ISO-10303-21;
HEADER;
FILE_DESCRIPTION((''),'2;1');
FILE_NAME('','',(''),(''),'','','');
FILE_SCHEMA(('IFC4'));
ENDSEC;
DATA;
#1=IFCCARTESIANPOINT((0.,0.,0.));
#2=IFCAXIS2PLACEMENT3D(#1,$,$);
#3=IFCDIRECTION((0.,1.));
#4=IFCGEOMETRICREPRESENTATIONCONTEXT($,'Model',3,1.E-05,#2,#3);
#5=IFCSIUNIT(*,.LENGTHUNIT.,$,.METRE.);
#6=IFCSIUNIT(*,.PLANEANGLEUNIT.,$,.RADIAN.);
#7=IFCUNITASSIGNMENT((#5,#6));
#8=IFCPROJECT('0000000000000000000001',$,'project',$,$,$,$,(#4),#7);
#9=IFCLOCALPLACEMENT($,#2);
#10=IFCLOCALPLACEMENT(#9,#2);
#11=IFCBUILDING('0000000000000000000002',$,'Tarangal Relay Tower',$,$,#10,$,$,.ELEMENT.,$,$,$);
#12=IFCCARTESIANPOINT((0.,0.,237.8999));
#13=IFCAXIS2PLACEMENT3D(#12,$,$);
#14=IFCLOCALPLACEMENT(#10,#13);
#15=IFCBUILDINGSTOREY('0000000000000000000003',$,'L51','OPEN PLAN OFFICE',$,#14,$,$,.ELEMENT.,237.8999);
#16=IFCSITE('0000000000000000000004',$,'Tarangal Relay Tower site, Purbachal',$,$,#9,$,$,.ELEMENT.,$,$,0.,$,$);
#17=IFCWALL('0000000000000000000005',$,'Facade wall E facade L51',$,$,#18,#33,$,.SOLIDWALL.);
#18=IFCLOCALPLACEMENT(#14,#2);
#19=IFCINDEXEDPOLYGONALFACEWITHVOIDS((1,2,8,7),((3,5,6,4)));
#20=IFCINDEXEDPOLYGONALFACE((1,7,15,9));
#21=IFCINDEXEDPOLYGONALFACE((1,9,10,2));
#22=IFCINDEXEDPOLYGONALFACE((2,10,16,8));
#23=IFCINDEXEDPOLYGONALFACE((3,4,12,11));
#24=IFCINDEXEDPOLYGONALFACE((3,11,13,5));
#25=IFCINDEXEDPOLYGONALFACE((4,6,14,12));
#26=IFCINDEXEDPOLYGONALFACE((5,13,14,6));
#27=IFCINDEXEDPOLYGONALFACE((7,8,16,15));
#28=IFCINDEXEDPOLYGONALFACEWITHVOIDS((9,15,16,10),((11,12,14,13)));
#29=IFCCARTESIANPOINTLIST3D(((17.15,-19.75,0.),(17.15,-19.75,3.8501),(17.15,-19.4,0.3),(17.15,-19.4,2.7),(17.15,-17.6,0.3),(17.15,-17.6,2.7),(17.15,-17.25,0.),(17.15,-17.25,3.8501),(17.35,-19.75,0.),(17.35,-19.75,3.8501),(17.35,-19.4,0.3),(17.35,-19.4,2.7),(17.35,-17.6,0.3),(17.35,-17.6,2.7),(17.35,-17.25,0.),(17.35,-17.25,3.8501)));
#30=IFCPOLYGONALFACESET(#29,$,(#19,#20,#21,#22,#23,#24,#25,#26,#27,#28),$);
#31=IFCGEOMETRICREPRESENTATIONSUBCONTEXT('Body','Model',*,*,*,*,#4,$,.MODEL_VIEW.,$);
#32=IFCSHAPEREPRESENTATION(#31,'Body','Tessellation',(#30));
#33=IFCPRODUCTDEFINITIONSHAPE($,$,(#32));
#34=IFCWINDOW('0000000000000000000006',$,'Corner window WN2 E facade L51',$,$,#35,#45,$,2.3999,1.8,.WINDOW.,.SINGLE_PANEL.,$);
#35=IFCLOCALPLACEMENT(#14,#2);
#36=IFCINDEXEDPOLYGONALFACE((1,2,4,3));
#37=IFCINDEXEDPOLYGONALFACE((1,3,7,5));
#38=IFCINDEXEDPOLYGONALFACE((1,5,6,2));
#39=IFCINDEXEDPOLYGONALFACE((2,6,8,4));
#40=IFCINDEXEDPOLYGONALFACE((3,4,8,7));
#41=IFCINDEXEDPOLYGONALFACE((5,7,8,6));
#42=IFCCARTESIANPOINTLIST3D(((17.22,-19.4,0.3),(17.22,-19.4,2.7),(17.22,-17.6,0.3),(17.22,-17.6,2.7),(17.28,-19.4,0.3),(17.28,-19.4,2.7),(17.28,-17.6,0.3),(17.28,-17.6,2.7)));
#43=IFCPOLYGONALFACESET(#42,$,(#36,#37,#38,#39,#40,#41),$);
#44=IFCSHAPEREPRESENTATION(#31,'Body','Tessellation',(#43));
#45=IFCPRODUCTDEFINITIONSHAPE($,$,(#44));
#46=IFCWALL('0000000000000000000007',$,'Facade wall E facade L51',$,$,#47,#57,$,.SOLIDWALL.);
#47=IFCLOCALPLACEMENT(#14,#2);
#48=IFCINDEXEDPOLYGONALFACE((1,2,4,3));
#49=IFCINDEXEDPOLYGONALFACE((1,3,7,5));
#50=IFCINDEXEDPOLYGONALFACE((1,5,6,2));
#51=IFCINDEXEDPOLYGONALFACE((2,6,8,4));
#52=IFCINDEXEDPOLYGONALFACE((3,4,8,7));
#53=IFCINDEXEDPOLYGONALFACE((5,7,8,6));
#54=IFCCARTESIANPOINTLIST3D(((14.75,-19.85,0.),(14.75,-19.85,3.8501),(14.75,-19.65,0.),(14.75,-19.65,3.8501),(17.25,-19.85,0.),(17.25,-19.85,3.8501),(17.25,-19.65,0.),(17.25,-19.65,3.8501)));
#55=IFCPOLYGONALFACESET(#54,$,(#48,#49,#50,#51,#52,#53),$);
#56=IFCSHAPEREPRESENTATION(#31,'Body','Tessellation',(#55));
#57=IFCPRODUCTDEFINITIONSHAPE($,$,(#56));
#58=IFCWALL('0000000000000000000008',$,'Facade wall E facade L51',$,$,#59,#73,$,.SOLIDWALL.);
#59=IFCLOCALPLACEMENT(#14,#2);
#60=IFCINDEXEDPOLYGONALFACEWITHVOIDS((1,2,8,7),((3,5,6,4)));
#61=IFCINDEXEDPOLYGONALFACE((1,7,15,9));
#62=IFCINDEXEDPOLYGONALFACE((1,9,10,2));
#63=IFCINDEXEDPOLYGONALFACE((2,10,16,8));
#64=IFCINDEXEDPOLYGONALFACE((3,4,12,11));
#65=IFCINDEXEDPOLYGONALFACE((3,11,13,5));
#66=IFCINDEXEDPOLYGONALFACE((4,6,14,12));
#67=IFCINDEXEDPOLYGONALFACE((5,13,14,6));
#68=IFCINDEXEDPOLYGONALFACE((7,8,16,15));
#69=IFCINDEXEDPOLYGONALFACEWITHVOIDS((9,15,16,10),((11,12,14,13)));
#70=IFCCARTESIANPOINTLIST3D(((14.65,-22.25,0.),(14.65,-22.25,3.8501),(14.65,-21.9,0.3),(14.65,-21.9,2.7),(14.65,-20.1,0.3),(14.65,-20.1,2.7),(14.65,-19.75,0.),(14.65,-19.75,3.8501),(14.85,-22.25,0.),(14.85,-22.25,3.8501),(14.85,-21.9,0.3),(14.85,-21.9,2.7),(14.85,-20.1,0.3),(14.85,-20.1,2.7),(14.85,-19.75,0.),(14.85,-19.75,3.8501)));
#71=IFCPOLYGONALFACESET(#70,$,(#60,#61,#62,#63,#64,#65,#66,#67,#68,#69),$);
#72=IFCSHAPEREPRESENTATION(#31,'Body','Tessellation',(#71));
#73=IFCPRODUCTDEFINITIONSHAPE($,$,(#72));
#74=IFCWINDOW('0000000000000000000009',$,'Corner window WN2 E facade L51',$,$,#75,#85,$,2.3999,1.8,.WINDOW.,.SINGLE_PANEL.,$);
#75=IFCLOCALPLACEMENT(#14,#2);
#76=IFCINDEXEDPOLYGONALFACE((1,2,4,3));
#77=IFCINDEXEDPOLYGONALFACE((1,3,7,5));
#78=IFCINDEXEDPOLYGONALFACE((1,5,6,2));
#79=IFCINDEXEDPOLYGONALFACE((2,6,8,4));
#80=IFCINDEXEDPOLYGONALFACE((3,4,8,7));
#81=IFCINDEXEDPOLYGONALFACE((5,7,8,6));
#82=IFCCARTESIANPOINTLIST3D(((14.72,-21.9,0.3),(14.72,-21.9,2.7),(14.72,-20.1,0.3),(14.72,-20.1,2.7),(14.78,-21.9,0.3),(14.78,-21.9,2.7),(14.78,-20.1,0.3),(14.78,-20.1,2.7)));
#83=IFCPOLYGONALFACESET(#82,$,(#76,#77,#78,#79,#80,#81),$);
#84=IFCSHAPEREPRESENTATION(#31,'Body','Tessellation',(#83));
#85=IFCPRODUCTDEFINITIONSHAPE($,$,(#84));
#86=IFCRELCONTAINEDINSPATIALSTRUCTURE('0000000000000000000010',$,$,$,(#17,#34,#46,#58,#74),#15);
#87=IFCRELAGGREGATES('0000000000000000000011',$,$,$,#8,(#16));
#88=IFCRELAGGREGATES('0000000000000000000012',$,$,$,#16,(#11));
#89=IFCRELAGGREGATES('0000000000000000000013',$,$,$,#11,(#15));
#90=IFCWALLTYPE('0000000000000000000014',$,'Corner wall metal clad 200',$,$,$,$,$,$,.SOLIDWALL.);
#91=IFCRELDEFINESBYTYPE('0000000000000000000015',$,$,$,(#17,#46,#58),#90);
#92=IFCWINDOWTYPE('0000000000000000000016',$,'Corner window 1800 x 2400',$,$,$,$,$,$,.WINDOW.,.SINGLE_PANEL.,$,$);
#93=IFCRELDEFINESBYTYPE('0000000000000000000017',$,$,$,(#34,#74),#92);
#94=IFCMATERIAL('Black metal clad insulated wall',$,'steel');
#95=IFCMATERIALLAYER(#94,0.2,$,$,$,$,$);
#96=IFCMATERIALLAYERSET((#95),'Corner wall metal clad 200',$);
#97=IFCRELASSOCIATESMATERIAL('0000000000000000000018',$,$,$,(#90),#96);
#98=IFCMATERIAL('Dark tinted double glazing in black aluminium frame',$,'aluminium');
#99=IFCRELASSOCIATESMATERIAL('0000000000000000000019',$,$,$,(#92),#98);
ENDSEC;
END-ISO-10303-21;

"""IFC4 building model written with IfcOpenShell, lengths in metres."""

from ifc_helpers import new_model, si_unit, direction, frame, frame_2d, origin, place, context, subcontext, project, spatial, rectangle, extrude, material, layer, layer_set, type_object, element, fill, save


model = new_model("IFC4")

# Units and contexts
model_context = context("Model", 3, precision=1e-05, world=origin(), true_north=direction((0.0, 1.0)))
body_context = subcontext(model_context, "Body", "Model", "MODEL_VIEW")
ifc_project = project(units=[si_unit("LENGTHUNIT", "METRE"), si_unit("PLANEANGLEUNIT", "RADIAN")], contexts=[model_context])

# Site, building, storey
site_placement = place(None, origin())
site = spatial("IfcSite", under=ifc_project, at=site_placement, Name="Tarangal Relay Tower site, Purbachal", CompositionType="ELEMENT", RefElevation=0.0)
building_placement = place(site_placement, origin())
building = spatial("IfcBuilding", under=site, at=building_placement, Name="Tarangal Relay Tower", CompositionType="ELEMENT")
storey_placement = place(building_placement, frame((0.0, 0.0, 237.8999)))
storey = spatial("IfcBuildingStorey", under=building, at=storey_placement, Name="L51", Description="OPEN PLAN OFFICE", CompositionType="ELEMENT", Elevation=237.8999)

# Shared definitions
ifc_material_1 = material(Name="Black metal clad insulated wall", Category="steel")
ifc_layer_1 = layer(ifc_material_1, 0.2)
ifc_layer_set_1 = layer_set([ifc_layer_1], Name="Corner wall metal clad 200")
wall_type_1 = type_object("IfcWallType", Name="Corner wall metal clad 200", PredefinedType="SOLIDWALL", material=ifc_layer_set_1)

# Shared definitions
ifc_material_2 = material(Name="Dark tinted double glazing in black aluminium frame", Category="aluminium")
window_type = type_object("IfcWindowType", Name="Corner window 1800 x 2400", PartitioningType="SINGLE_PANEL", PredefinedType="WINDOW", material=ifc_material_2)

# Wall, opening, window
wall_1_placement = place(storey_placement, frame((17.25, -17.25, 0.0), z_axis=(0.0, 0.0, 1.0), x_axis=(0.0, -1.0, 0.0)))
wall_1 = element("IfcWall", 1, at=wall_1_placement, inside=storey, type_object=wall_type_1, Name="Facade wall E facade L51", PredefinedType="SOLIDWALL", context=body_context, shape_type="SweptSolid", body=[
    extrude(rectangle(XDim=2.5, YDim=0.2, at=frame_2d((1.25, 0.0))), origin(), (0.0, 0.0, 1.0), 3.8501),
])
opening_1_placement = place(wall_1_placement, frame((0.3501, 0.0, 0.3)))
opening_1 = element("IfcOpeningElement", 2, at=opening_1_placement, cuts=wall_1, PredefinedType="OPENING", context=body_context, shape_type="SweptSolid", body=[
    extrude(rectangle(XDim=1.8, YDim=2.3999, at=frame_2d((0.8999, 1.2))), frame((0.0, 0.1099, 0.0), z_axis=(0.0, -1.0, 0.0), x_axis=(1.0, 0.0, 0.0)), (0.0, 0.0, 1.0), 0.22),
])
window_1_placement = place(opening_1_placement, origin())
window_1 = element("IfcWindow", 3, at=window_1_placement, inside=storey, type_object=window_type, Name="Corner window WN2 E facade L51", OverallHeight=2.3999, OverallWidth=1.8, PartitioningType="SINGLE_PANEL", PredefinedType="WINDOW", context=body_context, shape_type="SweptSolid", body=[
    extrude(rectangle(XDim=1.8, YDim=2.3999, at=frame_2d((0.8999, 1.2))), frame((0.0, 0.03, 0.0), z_axis=(0.0, -1.0, 0.0), x_axis=(1.0, 0.0, 0.0)), (0.0, 0.0, 1.0), 0.0601),
])
fill(opening_1, window_1)

# Wall
wall_2_placement = place(storey_placement, frame((17.25, -19.75, 0.0), z_axis=(0.0, 0.0, 1.0), x_axis=(-1.0, 0.0, 0.0)))
element("IfcWall", 4, at=wall_2_placement, inside=storey, type_object=wall_type_1, Name="Facade wall E facade L51", PredefinedType="SOLIDWALL", context=body_context, shape_type="SweptSolid", body=[
    extrude(rectangle(XDim=2.5, YDim=0.2, at=frame_2d((1.25, 0.0))), origin(), (0.0, 0.0, 1.0), 3.8501),
])

# Wall, opening, window
wall_3_placement = place(storey_placement, frame((14.75, -19.75, 0.0), z_axis=(0.0, 0.0, 1.0), x_axis=(0.0, -1.0, 0.0)))
wall_3 = element("IfcWall", 5, at=wall_3_placement, inside=storey, type_object=wall_type_1, Name="Facade wall E facade L51", PredefinedType="SOLIDWALL", context=body_context, shape_type="SweptSolid", body=[
    extrude(rectangle(XDim=2.5, YDim=0.2, at=frame_2d((1.25, 0.0))), origin(), (0.0, 0.0, 1.0), 3.8501),
])
opening_2_placement = place(wall_3_placement, frame((0.3501, 0.0, 0.3)))
opening_2 = element("IfcOpeningElement", 6, at=opening_2_placement, cuts=wall_3, PredefinedType="OPENING", context=body_context, shape_type="SweptSolid", body=[
    extrude(rectangle(XDim=1.8, YDim=2.3999, at=frame_2d((0.8999, 1.2))), frame((0.0, 0.1099, 0.0), z_axis=(0.0, -1.0, 0.0), x_axis=(1.0, 0.0, 0.0)), (0.0, 0.0, 1.0), 0.22),
])
window_2_placement = place(opening_2_placement, origin())
window_2 = element("IfcWindow", 7, at=window_2_placement, inside=storey, type_object=window_type, Name="Corner window WN2 E facade L51", OverallHeight=2.3999, OverallWidth=1.8, PartitioningType="SINGLE_PANEL", PredefinedType="WINDOW", context=body_context, shape_type="SweptSolid", body=[
    extrude(rectangle(XDim=1.8, YDim=2.3999, at=frame_2d((0.8999, 1.2))), frame((0.0, 0.03, 0.0), z_axis=(0.0, -1.0, 0.0), x_axis=(1.0, 0.0, 0.0)), (0.0, 0.0, 1.0), 0.0601),
])
fill(opening_2, window_2)

save(model, "model.ifc")
